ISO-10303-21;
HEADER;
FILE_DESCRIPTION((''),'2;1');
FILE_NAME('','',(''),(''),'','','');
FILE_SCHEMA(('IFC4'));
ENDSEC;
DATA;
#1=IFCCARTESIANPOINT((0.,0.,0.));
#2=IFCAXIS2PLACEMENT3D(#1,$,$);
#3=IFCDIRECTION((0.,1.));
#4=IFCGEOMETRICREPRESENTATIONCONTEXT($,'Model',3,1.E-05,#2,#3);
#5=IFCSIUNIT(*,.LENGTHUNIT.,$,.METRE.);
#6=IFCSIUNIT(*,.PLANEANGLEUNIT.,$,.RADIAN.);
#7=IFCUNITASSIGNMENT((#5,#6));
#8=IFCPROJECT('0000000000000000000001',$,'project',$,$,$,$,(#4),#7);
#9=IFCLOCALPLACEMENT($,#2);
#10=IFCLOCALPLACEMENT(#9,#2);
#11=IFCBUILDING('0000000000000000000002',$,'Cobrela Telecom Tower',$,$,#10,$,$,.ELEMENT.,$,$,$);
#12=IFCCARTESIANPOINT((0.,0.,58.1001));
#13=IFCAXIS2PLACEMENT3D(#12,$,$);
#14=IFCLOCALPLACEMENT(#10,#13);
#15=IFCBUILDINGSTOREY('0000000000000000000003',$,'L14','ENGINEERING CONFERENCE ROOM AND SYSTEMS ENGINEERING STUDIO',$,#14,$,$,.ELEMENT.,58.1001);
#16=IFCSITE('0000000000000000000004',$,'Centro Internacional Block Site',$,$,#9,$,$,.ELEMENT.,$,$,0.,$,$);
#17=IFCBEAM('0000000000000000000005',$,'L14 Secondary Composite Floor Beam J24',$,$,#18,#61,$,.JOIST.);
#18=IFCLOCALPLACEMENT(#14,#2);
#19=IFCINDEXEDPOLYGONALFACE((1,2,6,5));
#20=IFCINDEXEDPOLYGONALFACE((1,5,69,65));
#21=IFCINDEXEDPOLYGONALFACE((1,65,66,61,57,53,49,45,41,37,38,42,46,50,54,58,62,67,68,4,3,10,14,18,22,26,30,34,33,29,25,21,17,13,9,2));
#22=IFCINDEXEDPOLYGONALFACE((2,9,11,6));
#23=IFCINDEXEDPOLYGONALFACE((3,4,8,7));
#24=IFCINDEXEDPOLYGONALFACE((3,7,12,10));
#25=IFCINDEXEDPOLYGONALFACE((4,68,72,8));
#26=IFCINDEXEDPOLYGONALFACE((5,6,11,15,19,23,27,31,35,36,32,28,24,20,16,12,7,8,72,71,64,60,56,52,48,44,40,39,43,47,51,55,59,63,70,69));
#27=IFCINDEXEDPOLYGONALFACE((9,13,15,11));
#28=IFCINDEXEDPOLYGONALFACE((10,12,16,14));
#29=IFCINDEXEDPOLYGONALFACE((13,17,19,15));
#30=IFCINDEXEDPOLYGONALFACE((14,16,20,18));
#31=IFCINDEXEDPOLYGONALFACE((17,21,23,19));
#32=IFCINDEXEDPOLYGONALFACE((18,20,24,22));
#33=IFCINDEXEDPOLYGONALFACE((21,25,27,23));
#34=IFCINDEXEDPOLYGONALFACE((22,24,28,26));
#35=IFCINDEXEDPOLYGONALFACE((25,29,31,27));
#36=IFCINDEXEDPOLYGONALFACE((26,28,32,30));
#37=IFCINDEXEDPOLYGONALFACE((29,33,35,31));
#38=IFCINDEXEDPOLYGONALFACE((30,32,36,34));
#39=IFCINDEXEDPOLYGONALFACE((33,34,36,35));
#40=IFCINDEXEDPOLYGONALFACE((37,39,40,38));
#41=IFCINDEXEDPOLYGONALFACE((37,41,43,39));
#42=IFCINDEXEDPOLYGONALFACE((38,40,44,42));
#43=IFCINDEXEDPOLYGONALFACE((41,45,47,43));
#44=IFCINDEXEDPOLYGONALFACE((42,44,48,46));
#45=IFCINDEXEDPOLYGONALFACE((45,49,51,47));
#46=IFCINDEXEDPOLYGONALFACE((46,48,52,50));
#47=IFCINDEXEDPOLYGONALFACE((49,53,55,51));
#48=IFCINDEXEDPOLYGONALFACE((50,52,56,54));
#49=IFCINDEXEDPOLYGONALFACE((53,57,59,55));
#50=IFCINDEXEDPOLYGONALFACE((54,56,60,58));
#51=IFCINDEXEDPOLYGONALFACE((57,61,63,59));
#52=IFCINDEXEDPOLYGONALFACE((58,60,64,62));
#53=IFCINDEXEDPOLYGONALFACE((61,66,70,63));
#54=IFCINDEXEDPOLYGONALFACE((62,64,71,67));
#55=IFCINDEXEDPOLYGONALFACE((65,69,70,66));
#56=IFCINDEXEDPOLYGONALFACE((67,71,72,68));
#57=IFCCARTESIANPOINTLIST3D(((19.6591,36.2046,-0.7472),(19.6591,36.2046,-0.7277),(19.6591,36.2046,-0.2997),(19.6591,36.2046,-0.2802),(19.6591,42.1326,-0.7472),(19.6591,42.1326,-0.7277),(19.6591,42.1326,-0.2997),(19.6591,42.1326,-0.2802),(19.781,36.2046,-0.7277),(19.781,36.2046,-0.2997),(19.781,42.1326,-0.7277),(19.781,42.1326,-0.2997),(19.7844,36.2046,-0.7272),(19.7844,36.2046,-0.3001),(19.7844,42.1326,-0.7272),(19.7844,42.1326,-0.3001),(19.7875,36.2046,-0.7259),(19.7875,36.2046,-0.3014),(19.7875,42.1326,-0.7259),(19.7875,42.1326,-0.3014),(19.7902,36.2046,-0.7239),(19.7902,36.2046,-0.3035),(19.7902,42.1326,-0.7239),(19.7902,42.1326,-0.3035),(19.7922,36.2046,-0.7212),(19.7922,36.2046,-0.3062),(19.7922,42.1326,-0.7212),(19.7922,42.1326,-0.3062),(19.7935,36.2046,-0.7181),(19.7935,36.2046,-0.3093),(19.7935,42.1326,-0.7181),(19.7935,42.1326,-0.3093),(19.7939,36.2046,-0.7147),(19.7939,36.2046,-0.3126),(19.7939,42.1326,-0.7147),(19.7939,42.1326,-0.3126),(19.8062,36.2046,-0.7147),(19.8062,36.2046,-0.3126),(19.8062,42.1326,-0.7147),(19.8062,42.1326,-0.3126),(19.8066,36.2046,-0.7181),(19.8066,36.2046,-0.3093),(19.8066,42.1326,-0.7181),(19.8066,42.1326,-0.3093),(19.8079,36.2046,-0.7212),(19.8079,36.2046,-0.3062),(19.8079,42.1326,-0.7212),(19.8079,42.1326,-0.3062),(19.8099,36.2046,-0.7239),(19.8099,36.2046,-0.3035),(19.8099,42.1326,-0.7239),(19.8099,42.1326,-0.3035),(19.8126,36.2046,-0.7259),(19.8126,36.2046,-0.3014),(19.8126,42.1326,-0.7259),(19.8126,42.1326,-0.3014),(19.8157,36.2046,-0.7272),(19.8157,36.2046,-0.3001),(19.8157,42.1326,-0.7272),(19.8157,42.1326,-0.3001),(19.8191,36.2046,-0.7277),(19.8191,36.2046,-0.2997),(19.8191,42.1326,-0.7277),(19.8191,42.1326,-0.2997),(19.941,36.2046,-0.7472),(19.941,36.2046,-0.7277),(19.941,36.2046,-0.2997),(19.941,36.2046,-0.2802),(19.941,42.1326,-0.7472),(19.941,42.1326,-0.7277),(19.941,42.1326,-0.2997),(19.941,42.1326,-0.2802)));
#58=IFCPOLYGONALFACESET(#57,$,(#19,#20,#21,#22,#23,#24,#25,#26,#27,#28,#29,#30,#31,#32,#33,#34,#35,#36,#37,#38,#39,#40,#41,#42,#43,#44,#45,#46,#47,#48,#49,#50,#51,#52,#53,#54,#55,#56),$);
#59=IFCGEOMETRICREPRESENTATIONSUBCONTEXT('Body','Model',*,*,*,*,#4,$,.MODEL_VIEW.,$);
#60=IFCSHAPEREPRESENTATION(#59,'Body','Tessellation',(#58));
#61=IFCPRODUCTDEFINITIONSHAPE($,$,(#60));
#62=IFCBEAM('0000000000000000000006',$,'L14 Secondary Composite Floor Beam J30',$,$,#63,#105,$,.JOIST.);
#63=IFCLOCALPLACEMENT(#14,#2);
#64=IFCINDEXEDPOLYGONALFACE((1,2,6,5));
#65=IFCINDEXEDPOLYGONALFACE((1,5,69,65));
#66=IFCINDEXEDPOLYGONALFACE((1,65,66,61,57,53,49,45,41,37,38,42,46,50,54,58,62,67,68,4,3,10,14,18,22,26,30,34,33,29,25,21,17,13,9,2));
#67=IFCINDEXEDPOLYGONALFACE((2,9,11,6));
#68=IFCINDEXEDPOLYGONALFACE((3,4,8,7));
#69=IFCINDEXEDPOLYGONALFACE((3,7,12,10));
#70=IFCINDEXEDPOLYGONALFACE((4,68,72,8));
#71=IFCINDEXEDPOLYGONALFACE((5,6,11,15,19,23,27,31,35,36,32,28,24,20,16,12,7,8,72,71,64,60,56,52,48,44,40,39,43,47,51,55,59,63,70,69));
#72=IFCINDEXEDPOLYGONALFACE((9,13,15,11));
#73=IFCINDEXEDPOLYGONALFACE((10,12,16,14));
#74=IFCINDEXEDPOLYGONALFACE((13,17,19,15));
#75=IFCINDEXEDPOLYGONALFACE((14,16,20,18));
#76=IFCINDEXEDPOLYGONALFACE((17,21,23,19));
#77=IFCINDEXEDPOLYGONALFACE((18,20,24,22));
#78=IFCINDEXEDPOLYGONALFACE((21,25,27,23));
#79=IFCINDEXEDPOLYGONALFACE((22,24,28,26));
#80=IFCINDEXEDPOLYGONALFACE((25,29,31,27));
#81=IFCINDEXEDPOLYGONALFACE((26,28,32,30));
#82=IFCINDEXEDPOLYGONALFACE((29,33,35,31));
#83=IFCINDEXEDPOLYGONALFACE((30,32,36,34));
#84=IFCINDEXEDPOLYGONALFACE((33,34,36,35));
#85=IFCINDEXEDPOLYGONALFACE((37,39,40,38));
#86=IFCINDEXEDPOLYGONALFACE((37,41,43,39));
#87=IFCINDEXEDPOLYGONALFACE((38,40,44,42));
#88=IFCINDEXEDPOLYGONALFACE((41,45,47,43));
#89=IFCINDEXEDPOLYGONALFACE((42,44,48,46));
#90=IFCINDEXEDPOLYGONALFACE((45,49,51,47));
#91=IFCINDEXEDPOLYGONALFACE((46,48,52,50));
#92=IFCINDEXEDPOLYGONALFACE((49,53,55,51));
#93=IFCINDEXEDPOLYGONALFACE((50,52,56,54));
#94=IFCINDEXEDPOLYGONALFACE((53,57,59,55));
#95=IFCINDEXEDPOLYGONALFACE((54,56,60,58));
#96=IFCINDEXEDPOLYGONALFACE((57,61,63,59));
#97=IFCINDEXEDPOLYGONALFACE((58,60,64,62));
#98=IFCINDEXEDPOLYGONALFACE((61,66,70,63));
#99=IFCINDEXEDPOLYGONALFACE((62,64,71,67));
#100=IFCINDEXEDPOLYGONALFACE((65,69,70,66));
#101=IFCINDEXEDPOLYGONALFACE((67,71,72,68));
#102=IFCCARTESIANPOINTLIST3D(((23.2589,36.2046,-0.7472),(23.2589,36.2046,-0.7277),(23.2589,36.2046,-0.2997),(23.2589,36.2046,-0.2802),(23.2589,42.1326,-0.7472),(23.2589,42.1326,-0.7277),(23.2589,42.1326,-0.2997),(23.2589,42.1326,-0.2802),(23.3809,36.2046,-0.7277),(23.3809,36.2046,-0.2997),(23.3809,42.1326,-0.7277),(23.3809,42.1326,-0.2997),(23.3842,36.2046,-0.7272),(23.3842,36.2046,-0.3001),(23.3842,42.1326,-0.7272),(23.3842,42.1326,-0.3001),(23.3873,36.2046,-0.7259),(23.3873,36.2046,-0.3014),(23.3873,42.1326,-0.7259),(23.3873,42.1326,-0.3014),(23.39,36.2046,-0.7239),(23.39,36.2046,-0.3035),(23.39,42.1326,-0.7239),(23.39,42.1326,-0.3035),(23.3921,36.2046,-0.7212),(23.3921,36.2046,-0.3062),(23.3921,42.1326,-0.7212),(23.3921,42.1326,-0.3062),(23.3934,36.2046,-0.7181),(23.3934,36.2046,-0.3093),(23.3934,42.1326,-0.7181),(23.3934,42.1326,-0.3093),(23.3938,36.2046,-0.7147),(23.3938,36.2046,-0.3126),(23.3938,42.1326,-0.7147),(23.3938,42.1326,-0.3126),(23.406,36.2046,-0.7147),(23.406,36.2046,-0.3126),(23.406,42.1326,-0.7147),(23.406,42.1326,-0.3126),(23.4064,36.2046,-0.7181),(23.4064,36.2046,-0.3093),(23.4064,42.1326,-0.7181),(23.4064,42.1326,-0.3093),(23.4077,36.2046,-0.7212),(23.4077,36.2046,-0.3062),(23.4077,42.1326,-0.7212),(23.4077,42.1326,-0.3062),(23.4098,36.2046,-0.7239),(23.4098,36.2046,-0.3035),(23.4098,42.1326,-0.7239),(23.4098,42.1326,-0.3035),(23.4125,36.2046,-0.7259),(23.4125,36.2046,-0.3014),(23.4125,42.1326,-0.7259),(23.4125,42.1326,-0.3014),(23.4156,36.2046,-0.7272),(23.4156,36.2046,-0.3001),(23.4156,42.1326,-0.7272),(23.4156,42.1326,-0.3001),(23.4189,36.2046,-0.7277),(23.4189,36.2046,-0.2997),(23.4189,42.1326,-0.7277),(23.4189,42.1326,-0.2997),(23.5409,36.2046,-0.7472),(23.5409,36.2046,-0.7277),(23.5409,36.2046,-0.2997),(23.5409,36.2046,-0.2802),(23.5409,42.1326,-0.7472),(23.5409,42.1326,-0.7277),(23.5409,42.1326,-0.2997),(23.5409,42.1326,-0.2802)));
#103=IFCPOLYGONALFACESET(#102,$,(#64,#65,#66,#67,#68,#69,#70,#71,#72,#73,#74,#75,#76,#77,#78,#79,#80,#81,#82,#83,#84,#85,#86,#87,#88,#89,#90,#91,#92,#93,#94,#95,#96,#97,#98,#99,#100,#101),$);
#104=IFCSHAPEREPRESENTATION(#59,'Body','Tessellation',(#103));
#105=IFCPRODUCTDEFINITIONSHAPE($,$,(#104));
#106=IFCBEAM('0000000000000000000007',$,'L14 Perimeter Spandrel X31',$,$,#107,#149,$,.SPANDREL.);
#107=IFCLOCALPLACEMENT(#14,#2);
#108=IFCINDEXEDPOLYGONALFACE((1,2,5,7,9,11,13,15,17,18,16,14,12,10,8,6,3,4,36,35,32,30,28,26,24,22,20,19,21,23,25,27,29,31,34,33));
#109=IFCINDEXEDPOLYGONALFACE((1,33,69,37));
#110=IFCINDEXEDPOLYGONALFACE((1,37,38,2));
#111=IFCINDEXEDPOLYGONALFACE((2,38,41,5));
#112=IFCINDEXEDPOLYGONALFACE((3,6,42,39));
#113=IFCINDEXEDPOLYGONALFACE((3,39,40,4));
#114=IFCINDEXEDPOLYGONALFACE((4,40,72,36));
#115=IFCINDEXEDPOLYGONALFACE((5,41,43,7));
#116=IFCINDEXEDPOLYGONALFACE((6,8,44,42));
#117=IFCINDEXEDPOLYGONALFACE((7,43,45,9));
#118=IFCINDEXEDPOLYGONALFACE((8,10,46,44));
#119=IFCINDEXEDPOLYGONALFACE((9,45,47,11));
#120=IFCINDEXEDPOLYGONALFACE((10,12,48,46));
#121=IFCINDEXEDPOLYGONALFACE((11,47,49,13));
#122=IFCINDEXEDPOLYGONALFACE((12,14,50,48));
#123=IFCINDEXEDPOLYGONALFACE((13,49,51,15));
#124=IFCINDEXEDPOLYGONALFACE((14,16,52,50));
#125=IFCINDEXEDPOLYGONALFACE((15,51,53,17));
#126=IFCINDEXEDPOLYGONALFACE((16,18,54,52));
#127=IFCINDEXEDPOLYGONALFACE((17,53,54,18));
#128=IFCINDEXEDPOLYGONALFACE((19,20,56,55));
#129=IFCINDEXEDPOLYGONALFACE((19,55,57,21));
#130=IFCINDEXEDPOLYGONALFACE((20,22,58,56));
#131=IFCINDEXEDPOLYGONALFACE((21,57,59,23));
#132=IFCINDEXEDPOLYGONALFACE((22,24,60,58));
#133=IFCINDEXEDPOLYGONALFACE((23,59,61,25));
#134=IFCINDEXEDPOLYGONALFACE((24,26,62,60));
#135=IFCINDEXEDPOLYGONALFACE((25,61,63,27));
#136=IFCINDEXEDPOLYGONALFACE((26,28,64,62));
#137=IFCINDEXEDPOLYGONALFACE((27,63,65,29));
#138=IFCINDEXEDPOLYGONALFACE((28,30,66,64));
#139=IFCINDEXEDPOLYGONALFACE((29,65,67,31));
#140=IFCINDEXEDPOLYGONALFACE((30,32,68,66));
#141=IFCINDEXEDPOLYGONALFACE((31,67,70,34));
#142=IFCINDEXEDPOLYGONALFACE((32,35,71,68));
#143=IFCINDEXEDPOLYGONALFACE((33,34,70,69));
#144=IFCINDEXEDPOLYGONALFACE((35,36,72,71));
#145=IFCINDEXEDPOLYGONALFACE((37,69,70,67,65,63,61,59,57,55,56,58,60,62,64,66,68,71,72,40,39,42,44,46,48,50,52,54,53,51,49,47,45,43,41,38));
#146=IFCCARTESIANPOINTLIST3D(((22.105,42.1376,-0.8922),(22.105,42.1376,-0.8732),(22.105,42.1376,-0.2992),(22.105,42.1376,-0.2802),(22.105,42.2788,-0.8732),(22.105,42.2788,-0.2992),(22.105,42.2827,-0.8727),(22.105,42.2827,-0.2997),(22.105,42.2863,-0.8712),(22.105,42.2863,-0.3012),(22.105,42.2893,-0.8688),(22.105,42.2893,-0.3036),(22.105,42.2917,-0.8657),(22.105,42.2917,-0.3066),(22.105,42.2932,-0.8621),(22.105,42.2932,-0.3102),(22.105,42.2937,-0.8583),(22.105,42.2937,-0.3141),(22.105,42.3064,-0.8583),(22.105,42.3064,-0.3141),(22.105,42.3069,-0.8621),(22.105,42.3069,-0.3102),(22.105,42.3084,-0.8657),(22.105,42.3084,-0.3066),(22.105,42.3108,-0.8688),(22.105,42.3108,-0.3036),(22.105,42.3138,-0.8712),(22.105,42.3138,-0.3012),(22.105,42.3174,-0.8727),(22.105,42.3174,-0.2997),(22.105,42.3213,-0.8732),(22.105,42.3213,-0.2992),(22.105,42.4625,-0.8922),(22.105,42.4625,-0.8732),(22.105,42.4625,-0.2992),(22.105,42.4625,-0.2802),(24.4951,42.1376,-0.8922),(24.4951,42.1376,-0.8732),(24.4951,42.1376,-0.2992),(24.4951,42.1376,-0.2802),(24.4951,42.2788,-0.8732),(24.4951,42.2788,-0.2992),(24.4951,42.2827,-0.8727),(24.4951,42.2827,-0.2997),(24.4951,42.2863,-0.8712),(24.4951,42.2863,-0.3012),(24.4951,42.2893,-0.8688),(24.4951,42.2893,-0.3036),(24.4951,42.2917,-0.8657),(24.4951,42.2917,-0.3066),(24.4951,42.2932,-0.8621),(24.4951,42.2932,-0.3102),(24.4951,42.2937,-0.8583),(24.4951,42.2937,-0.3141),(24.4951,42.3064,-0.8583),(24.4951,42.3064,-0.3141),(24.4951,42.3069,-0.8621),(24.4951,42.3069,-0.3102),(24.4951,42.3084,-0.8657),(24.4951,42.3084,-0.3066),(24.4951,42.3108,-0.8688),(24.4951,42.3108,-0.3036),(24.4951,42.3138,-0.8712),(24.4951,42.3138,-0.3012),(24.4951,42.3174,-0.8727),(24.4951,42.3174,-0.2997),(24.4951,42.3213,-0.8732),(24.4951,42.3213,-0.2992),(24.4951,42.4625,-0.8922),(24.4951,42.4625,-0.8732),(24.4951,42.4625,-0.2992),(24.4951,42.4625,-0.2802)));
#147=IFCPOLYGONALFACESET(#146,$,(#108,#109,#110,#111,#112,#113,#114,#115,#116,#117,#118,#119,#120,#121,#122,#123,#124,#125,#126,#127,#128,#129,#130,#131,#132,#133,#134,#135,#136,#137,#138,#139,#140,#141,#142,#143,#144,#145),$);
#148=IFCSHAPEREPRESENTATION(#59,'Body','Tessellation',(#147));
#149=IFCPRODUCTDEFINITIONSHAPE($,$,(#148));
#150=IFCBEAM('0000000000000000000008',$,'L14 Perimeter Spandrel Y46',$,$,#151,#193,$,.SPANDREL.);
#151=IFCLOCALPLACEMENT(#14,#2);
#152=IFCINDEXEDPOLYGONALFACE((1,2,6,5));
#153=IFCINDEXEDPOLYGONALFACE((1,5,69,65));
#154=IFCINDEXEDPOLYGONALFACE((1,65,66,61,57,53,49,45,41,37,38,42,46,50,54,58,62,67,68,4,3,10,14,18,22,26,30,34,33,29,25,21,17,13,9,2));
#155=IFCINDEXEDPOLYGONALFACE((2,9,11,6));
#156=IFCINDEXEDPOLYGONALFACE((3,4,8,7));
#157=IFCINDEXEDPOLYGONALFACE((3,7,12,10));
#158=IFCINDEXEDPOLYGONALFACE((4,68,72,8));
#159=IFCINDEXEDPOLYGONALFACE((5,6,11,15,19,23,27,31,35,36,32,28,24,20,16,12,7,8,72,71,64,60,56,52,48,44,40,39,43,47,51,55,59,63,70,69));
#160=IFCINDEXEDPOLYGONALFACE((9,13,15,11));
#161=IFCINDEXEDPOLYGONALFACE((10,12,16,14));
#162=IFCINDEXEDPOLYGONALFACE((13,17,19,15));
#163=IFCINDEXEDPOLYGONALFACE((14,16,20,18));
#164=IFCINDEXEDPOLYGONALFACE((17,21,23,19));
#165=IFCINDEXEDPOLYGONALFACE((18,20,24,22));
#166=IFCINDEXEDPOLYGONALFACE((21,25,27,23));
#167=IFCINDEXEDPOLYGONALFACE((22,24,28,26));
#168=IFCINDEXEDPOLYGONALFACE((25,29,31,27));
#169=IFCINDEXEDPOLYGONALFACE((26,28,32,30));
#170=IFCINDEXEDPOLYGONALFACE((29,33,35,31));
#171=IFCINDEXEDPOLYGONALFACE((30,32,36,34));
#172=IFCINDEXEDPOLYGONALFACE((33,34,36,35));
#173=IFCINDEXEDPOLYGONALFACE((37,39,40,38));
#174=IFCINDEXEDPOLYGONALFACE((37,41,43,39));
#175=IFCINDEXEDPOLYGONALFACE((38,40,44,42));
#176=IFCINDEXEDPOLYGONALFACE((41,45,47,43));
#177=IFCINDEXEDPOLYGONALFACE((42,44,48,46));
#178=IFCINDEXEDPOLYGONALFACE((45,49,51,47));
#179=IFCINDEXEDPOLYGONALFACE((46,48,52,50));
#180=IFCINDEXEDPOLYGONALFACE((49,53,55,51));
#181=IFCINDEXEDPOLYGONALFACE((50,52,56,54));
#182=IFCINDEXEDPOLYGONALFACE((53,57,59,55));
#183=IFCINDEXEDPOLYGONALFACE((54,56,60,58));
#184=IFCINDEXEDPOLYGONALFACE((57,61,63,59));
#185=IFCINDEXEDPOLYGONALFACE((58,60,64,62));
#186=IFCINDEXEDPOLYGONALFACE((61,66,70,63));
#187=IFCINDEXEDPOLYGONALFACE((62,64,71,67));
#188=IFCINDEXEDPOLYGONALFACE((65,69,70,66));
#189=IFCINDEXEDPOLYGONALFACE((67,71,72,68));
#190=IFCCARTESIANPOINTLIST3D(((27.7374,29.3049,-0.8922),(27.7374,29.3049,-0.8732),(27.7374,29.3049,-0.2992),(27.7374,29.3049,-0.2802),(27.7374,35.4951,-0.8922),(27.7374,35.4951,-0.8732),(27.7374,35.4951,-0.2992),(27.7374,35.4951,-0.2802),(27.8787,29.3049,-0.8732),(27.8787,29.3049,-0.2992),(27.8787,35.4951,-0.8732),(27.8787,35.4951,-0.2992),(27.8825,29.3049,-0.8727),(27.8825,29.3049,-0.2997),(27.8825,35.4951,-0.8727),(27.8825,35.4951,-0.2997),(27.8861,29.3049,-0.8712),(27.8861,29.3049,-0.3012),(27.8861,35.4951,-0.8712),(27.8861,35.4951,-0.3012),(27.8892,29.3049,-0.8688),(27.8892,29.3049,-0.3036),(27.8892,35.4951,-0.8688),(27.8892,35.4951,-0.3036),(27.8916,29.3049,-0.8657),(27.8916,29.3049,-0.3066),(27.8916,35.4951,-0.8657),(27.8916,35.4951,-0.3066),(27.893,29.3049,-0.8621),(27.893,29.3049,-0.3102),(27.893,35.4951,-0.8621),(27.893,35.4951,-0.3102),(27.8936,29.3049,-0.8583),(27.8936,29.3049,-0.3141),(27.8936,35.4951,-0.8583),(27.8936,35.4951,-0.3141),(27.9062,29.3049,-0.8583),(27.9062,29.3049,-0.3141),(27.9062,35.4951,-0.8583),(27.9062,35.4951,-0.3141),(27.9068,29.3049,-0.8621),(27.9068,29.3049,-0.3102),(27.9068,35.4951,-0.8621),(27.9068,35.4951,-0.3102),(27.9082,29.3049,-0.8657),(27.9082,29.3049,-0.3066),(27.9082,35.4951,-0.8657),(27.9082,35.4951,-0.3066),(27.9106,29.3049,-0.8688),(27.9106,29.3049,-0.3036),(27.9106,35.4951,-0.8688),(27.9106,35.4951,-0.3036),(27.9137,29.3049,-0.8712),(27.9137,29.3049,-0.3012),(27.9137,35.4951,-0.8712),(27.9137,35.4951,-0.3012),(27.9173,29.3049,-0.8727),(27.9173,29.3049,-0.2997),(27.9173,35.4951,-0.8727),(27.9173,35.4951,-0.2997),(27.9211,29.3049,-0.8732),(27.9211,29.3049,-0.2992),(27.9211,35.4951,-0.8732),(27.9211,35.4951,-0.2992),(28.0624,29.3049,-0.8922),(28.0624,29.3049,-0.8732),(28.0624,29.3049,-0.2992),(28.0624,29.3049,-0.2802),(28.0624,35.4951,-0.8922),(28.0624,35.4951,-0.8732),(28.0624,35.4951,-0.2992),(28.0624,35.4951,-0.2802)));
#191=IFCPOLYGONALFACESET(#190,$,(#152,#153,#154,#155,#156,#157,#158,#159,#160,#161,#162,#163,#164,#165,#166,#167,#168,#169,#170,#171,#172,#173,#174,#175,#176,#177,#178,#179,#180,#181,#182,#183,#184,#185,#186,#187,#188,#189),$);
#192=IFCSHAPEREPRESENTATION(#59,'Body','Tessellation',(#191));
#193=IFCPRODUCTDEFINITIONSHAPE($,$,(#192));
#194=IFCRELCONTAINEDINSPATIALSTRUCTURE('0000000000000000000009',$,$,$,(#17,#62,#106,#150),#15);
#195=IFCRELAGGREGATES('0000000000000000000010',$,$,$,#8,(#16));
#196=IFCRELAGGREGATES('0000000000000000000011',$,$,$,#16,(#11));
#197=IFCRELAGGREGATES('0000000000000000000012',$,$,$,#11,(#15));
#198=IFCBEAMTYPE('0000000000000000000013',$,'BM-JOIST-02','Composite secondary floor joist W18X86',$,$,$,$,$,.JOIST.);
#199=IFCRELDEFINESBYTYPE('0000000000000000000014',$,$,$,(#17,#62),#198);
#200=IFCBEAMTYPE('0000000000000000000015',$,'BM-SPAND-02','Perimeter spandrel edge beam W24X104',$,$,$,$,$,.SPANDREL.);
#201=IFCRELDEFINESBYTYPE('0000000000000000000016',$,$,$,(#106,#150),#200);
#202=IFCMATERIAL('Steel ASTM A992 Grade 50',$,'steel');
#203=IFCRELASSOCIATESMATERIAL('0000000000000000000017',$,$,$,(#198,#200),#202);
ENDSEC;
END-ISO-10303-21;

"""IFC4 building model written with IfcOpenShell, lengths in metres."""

from ifc_helpers import new_model, si_unit, direction, frame, origin, origin_2d, place, context, subcontext, project, spatial, i_section, extrude, material, material_profile, profile_set, type_object, element, save


model = new_model("IFC4")

# Units and contexts
model_context = context("Model", 3, precision=1e-05, world=origin(), true_north=direction((0.0, 1.0)))
body_context = subcontext(model_context, "Body", "Model", "MODEL_VIEW")
ifc_project = project(units=[si_unit("LENGTHUNIT", "METRE"), si_unit("PLANEANGLEUNIT", "RADIAN")], contexts=[model_context])

# Site, building, storey
site_placement = place(None, origin())
site = spatial("IfcSite", under=ifc_project, at=site_placement, Name="Centro Internacional Block Site", CompositionType="ELEMENT", RefElevation=0.0)
building_placement = place(site_placement, origin())
building = spatial("IfcBuilding", under=site, at=building_placement, Name="Cobrela Telecom Tower", CompositionType="ELEMENT")
storey_placement = place(building_placement, frame((0.0, 0.0, 58.1001)))
storey = spatial("IfcBuildingStorey", under=building, at=storey_placement, Name="L14", Description="ENGINEERING CONFERENCE ROOM AND SYSTEMS ENGINEERING STUDIO", CompositionType="ELEMENT", Elevation=58.1001)

# Shared definitions
ifc_material_1 = material(Name="Steel ASTM A992 Grade 50", Category="steel")

# Beams
ifc_material_profile_1 = material_profile(ifc_material_1, i_section(OverallWidth=0.282, OverallDepth=0.467, WebThickness=0.0122, FlangeThickness=0.0195, FilletRadius=0.0129, at=origin_2d()), Name="W18X86")
ifc_profile_set_1 = profile_set([ifc_material_profile_1], Name="Steel ASTM A992 Grade 50")
beam_type_1 = type_object("IfcBeamType", Name="BM-JOIST-02", Description="Composite secondary floor joist W18X86", PredefinedType="JOIST", material=ifc_profile_set_1)
for number, where, z_axis, x_axis, name in (
    (1, (19.8, 36.2046, -0.5137), (0.0, 1.0, 0.0), (-1.0, 0.0, 0.0), "L14 Secondary Composite Floor Beam J24"),
    (2, (23.3999, 36.2046, -0.5137), (0.0, 1.0, 0.0), (-1.0, 0.0, 0.0), "L14 Secondary Composite Floor Beam J30"),
):
    element("IfcBeam", number, at=place(storey_placement, frame(where, z_axis=z_axis, x_axis=x_axis)), inside=storey, type_object=beam_type_1, Name=name, PredefinedType="JOIST", context=body_context, shape_type="SweptSolid", body=[
        extrude(i_section(OverallWidth=0.282, OverallDepth=0.467, WebThickness=0.0122, FlangeThickness=0.0195, FilletRadius=0.0129, at=origin_2d()), origin(), (0.0, 0.0, 1.0), 5.928),
    ])
ifc_material_profile_2 = material_profile(ifc_material_1, i_section(OverallWidth=0.325, OverallDepth=0.6121, WebThickness=0.0127, FlangeThickness=0.019, FilletRadius=0.0149, at=origin_2d()), Name="W24X104")
ifc_profile_set_2 = profile_set([ifc_material_profile_2], Name="Steel ASTM A992 Grade 50")
beam_type_2 = type_object("IfcBeamType", Name="BM-SPAND-02", Description="Perimeter spandrel edge beam W24X104", PredefinedType="SPANDREL", material=ifc_profile_set_2)
beam_1_placement = place(storey_placement, frame((22.105, 42.3, -0.5862), z_axis=(1.0, 0.0, 0.0), x_axis=(0.0, 1.0, 0.0)))
element("IfcBeam", 3, at=beam_1_placement, inside=storey, type_object=beam_type_2, Name="L14 Perimeter Spandrel X31", PredefinedType="SPANDREL", context=body_context, shape_type="SweptSolid", body=[
    extrude(i_section(OverallWidth=0.325, OverallDepth=0.6121, WebThickness=0.0127, FlangeThickness=0.019, FilletRadius=0.0149, at=origin_2d()), origin(), (0.0, 0.0, 1.0), 2.3901),
])
beam_2_placement = place(storey_placement, frame((27.8999, 29.3049, -0.5862), z_axis=(0.0, 1.0, 0.0), x_axis=(-1.0, 0.0, 0.0)))
element("IfcBeam", 4, at=beam_2_placement, inside=storey, type_object=beam_type_2, Name="L14 Perimeter Spandrel Y46", PredefinedType="SPANDREL", context=body_context, shape_type="SweptSolid", body=[
    extrude(i_section(OverallWidth=0.325, OverallDepth=0.6121, WebThickness=0.0127, FlangeThickness=0.019, FilletRadius=0.0149, at=origin_2d()), origin(), (0.0, 0.0, 1.0), 6.1902),
])

save(model, "model.ifc")
